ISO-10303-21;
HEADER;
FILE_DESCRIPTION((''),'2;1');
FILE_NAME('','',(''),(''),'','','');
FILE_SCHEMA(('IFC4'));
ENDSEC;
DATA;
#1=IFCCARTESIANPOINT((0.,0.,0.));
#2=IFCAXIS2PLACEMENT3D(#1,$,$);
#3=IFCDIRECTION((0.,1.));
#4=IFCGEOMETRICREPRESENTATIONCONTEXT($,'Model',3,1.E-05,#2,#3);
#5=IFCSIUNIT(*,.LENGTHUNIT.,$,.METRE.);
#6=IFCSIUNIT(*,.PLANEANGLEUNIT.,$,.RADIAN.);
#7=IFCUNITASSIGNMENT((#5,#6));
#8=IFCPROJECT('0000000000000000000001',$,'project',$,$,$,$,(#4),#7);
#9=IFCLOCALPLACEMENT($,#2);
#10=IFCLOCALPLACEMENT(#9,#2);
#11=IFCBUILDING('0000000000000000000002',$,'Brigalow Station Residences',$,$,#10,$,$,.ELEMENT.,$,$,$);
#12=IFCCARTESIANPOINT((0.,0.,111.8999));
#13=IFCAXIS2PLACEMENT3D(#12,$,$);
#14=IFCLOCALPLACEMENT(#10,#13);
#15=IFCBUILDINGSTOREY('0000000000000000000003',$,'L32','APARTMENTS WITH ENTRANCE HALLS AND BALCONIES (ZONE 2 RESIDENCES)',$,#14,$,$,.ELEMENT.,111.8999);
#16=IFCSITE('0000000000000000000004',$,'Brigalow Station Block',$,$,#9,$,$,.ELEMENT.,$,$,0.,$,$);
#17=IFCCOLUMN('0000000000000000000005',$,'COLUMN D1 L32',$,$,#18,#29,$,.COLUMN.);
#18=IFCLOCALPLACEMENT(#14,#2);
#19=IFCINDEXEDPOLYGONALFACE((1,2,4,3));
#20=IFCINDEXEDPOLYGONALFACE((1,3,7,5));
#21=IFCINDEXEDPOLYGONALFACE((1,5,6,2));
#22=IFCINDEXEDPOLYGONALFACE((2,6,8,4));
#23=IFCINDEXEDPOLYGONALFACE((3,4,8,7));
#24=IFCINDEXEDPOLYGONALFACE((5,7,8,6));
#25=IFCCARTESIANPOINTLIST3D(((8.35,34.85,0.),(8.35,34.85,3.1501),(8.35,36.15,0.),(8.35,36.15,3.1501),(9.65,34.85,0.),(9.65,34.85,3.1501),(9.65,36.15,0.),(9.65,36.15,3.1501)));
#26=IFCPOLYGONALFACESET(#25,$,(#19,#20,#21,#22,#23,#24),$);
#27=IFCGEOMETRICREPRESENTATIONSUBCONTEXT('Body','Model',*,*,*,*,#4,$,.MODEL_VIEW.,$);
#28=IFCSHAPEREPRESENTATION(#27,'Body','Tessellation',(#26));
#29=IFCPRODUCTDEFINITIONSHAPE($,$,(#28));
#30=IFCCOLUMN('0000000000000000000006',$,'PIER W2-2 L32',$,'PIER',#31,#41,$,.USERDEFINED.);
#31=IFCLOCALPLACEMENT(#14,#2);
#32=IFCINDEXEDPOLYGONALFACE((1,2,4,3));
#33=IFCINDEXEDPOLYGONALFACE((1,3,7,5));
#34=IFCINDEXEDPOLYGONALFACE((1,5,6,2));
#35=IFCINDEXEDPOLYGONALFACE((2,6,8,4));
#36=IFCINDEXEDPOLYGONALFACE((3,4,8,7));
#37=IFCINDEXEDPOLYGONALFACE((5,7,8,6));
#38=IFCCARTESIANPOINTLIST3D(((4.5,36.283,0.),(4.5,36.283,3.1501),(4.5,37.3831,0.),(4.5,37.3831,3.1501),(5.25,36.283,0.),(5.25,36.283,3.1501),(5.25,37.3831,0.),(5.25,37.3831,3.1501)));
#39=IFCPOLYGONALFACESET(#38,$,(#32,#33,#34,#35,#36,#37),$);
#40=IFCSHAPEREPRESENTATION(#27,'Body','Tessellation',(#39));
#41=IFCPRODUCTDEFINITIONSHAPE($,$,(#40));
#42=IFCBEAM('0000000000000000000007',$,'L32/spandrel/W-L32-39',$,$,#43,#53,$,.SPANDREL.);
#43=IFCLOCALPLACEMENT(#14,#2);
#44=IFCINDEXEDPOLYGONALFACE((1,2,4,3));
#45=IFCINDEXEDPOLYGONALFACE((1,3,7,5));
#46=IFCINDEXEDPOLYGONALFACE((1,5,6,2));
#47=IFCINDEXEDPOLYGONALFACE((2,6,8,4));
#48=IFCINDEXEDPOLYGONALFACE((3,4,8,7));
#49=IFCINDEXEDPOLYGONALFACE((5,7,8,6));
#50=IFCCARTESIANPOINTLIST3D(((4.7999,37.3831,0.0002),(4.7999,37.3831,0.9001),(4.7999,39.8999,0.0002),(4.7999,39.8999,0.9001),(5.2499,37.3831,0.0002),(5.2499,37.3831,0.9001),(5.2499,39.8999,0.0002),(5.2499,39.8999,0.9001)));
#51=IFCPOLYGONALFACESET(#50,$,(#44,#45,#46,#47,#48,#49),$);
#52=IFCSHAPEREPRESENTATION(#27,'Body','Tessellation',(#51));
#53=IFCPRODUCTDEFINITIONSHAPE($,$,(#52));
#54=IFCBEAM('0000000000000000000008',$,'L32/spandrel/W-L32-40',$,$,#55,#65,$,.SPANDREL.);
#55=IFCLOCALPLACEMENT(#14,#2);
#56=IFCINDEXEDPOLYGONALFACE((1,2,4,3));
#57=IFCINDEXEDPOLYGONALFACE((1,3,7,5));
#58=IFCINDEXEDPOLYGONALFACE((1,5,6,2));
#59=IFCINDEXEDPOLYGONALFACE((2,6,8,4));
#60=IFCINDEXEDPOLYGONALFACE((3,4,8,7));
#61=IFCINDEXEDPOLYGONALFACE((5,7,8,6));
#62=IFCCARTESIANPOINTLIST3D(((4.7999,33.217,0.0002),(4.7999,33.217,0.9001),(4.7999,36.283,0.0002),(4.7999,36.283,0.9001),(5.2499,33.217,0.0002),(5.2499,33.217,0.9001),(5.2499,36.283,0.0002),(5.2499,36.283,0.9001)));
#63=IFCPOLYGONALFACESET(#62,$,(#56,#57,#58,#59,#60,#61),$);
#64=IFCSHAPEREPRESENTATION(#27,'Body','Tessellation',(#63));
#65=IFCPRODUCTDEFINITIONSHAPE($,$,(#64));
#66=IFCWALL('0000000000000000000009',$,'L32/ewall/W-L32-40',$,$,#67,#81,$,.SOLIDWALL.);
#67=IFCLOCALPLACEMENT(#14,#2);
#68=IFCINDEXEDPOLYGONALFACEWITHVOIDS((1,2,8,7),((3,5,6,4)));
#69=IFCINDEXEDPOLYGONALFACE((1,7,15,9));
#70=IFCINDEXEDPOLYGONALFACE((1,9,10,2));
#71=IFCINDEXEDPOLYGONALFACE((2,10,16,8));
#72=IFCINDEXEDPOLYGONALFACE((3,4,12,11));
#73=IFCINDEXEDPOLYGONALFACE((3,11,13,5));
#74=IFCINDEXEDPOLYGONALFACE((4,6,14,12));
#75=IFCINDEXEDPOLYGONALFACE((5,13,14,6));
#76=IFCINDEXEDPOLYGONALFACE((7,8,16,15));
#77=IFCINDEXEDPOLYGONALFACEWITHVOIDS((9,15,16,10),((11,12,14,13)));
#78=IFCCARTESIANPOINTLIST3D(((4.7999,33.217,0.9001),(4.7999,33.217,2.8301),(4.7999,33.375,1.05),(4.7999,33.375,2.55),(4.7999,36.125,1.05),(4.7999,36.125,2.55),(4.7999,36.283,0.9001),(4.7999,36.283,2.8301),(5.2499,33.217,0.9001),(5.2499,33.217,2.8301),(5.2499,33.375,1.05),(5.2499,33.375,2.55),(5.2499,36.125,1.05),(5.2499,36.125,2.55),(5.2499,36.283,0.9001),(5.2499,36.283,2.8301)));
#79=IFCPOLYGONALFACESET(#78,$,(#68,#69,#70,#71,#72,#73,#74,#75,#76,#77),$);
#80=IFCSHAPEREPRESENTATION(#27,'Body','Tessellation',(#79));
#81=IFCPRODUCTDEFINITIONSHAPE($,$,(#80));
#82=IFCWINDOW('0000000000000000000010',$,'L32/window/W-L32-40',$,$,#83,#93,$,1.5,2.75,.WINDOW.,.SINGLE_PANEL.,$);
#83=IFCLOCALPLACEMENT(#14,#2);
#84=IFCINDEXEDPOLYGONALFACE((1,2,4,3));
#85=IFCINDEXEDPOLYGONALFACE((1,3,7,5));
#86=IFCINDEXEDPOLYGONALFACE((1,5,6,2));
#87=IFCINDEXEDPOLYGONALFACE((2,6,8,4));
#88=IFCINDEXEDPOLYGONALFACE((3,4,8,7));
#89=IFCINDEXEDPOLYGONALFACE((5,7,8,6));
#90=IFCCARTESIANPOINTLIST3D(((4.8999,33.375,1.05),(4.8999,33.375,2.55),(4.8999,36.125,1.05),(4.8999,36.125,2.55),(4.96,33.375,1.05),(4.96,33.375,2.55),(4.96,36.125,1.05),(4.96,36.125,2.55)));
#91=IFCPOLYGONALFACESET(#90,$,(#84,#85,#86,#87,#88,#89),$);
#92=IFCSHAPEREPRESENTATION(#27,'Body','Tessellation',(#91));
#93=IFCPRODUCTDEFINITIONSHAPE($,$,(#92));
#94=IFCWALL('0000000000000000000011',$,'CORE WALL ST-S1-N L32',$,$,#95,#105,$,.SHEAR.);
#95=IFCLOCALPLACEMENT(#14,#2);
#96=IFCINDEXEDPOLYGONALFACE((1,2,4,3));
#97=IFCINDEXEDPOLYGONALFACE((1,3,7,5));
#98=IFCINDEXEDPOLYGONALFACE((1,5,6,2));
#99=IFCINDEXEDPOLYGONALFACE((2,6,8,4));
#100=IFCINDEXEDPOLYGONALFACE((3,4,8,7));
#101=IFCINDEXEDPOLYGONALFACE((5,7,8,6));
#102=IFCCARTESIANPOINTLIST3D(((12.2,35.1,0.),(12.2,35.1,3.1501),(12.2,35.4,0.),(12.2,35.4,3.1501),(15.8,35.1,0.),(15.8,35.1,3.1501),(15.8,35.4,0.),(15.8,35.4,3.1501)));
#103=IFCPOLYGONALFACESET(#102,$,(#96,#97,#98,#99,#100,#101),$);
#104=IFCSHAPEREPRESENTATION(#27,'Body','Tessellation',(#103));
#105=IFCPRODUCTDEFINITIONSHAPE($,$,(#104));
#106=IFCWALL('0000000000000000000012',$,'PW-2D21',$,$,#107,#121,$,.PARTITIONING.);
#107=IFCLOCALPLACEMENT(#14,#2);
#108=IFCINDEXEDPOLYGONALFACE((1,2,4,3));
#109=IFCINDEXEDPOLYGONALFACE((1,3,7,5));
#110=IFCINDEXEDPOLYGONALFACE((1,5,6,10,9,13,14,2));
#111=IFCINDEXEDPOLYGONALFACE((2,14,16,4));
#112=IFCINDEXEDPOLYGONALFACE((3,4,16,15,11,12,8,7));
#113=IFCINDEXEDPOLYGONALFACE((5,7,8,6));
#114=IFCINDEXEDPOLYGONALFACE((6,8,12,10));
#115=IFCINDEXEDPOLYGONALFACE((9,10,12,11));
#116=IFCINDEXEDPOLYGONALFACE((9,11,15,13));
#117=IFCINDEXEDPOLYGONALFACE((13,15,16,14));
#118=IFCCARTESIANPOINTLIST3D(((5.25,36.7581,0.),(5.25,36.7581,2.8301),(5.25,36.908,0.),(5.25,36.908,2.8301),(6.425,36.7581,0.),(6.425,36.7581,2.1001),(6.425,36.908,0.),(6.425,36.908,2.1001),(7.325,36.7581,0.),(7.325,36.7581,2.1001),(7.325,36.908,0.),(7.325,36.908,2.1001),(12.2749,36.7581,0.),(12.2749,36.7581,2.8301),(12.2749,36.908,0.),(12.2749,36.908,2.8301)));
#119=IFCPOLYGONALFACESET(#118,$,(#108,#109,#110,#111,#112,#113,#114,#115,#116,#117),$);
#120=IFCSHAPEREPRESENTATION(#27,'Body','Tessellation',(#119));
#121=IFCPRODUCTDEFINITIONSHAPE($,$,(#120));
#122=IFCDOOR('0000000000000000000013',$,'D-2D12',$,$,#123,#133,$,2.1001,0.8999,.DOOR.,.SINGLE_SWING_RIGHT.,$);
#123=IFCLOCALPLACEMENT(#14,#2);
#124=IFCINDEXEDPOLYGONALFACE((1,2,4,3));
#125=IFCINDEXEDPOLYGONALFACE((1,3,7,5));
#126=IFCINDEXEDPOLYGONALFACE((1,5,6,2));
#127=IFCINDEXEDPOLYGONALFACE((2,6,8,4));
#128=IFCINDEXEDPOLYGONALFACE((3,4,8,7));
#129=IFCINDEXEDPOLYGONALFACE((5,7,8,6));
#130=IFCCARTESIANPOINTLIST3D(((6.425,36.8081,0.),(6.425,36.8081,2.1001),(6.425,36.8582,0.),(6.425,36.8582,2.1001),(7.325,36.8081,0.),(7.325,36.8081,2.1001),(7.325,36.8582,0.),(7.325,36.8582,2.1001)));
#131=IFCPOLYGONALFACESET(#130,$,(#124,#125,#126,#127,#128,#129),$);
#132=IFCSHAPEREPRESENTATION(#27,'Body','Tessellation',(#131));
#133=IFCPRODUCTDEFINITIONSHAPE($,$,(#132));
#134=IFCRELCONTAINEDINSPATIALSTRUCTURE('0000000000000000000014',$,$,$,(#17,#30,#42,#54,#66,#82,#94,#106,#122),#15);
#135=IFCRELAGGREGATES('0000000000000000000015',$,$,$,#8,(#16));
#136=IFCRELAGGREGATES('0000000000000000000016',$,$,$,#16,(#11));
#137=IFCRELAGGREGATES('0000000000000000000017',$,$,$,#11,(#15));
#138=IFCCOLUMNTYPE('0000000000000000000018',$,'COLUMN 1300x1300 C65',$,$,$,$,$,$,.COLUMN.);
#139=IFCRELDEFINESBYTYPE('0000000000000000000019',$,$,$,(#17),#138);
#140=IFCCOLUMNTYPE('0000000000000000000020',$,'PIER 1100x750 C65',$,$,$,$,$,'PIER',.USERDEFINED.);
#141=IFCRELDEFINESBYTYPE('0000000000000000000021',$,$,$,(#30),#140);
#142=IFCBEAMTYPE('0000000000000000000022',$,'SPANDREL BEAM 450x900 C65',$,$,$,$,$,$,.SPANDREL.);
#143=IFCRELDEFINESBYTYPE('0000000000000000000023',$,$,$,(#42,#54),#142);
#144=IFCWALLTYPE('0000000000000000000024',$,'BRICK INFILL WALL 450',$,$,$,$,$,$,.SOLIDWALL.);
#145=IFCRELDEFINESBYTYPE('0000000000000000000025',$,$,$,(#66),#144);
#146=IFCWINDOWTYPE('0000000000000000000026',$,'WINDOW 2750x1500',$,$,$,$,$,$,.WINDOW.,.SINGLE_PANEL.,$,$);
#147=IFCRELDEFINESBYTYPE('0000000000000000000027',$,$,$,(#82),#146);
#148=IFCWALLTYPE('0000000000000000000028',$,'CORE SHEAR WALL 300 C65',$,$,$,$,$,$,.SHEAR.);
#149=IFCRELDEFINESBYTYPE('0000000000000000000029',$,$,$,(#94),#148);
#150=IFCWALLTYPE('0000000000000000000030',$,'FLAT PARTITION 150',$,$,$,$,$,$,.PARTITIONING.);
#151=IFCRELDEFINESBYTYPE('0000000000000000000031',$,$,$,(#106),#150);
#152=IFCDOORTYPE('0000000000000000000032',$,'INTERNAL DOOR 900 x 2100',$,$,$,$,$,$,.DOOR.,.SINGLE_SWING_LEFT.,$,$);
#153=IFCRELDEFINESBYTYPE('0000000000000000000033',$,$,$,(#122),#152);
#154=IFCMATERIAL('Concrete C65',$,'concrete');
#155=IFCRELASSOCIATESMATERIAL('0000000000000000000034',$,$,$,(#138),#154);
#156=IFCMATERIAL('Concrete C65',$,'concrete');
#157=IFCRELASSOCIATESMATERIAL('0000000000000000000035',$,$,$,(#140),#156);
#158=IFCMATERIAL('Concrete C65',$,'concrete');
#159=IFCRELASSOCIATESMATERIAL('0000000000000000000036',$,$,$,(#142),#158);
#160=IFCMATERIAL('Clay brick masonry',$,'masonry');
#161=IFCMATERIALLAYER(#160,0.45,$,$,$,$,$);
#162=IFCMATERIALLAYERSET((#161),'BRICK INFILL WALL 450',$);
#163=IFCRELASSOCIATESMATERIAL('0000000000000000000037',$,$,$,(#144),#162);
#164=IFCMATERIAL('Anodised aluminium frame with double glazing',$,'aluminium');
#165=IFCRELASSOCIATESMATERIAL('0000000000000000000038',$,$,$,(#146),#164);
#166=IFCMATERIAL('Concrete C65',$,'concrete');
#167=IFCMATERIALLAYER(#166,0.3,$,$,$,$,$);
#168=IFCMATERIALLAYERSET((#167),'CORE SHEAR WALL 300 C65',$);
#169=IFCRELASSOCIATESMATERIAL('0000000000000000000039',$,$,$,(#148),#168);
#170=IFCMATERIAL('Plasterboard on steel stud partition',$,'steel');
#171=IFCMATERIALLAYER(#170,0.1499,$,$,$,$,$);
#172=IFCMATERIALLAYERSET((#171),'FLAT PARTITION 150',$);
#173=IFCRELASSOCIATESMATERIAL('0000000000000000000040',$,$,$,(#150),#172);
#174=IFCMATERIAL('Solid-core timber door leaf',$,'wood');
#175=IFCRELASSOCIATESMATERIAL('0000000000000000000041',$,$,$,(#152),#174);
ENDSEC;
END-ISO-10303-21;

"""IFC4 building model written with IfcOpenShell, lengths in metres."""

from ifc_helpers import new_model, si_unit, direction, frame, frame_2d, origin, origin_2d, place, context, subcontext, project, spatial, rectangle, extrude, material, layer, layer_set, material_profile, profile_set, type_object, element, fill, save


model = new_model("IFC4")

# Units and contexts
model_context = context("Model", 3, precision=1e-05, world=origin(), true_north=direction((0.0, 1.0)))
body_context = subcontext(model_context, "Body", "Model", "MODEL_VIEW")
ifc_project = project(units=[si_unit("LENGTHUNIT", "METRE"), si_unit("PLANEANGLEUNIT", "RADIAN")], contexts=[model_context])

# Site, building, storey
site_placement = place(None, origin())
site = spatial("IfcSite", under=ifc_project, at=site_placement, Name="Brigalow Station Block", CompositionType="ELEMENT", RefElevation=0.0)
building_placement = place(site_placement, origin())
building = spatial("IfcBuilding", under=site, at=building_placement, Name="Brigalow Station Residences", CompositionType="ELEMENT")
storey_placement = place(building_placement, frame((0.0, 0.0, 111.8999)))
storey = spatial("IfcBuildingStorey", under=building, at=storey_placement, Name="L32", Description="APARTMENTS WITH ENTRANCE HALLS AND BALCONIES (ZONE 2 RESIDENCES)", CompositionType="ELEMENT", Elevation=111.8999)

# Columns
ifc_material_1 = material(Name="Concrete C65", Category="concrete")
ifc_material_profile_1 = material_profile(ifc_material_1, rectangle(XDim=1.3, YDim=1.3, at=origin_2d()), Name="RC1300x1300")
ifc_profile_set_1 = profile_set([ifc_material_profile_1], Name="Concrete C65")
column_type_1 = type_object("IfcColumnType", Name="COLUMN 1300x1300 C65", PredefinedType="COLUMN", material=ifc_profile_set_1)
column_1_placement = place(storey_placement, frame((9.0, 35.5, 0.0), z_axis=(0.0, 0.0, 1.0), x_axis=(1.0, 0.0, 0.0)))
element("IfcColumn", 1, at=column_1_placement, inside=storey, type_object=column_type_1, Name="COLUMN D1 L32", PredefinedType="COLUMN", context=body_context, shape_type="SweptSolid", body=[
    extrude(rectangle(XDim=1.3, YDim=1.3, at=origin_2d()), origin(), (0.0, 0.0, 1.0), 3.1501),
])
ifc_material_2 = material(Name="Concrete C65", Category="concrete")
ifc_material_profile_2 = material_profile(ifc_material_2, rectangle(XDim=1.1001, YDim=0.75, at=origin_2d()), Name="RC1100x750")
ifc_profile_set_2 = profile_set([ifc_material_profile_2], Name="Concrete C65")
column_type_2 = type_object("IfcColumnType", Name="PIER 1100x750 C65", ElementType="PIER", PredefinedType="USERDEFINED", material=ifc_profile_set_2)
column_2_placement = place(storey_placement, frame((4.875, 36.833, 0.0), z_axis=(0.0, 0.0, 1.0), x_axis=(0.0, -1.0, 0.0)))
element("IfcColumn", 2, at=column_2_placement, inside=storey, type_object=column_type_2, Name="PIER W2-2 L32", ObjectType="PIER", PredefinedType="USERDEFINED", context=body_context, shape_type="SweptSolid", body=[
    extrude(rectangle(XDim=1.1001, YDim=0.75, at=origin_2d()), origin(), (0.0, 0.0, 1.0), 3.1501),
])

# Beams
ifc_material_3 = material(Name="Concrete C65", Category="concrete")
ifc_material_profile_3 = material_profile(ifc_material_3, rectangle(XDim=0.45, YDim=0.8999, at=origin_2d()), Name="RC450x900")
ifc_profile_set_3 = profile_set([ifc_material_profile_3], Name="Concrete C65")
beam_type = type_object("IfcBeamType", Name="SPANDREL BEAM 450x900 C65", PredefinedType="SPANDREL", material=ifc_profile_set_3)
beam_1_placement = place(storey_placement, frame((5.0249, 39.8999, 0.4502), z_axis=(0.0, -1.0, 0.0), x_axis=(1.0, 0.0, 0.0)))
element("IfcBeam", 3, at=beam_1_placement, inside=storey, type_object=beam_type, Name="L32/spandrel/W-L32-39", PredefinedType="SPANDREL", context=body_context, shape_type="SweptSolid", body=[
    extrude(rectangle(XDim=0.45, YDim=0.8999, at=origin_2d()), origin(), (0.0, 0.0, 1.0), 2.5168),
])
beam_2_placement = place(storey_placement, frame((5.0249, 36.283, 0.4502), z_axis=(0.0, -1.0, 0.0), x_axis=(1.0, 0.0, 0.0)))
element("IfcBeam", 4, at=beam_2_placement, inside=storey, type_object=beam_type, Name="L32/spandrel/W-L32-40", PredefinedType="SPANDREL", context=body_context, shape_type="SweptSolid", body=[
    extrude(rectangle(XDim=0.45, YDim=0.8999, at=origin_2d()), origin(), (0.0, 0.0, 1.0), 3.0659),
])

# Wall, opening, window
ifc_material_4 = material(Name="Clay brick masonry", Category="masonry")
ifc_layer_1 = layer(ifc_material_4, 0.45)
ifc_layer_set_1 = layer_set([ifc_layer_1], Name="BRICK INFILL WALL 450")
wall_type_1 = type_object("IfcWallType", Name="BRICK INFILL WALL 450", PredefinedType="SOLIDWALL", material=ifc_layer_set_1)
wall_1_placement = place(storey_placement, frame((5.0249, 36.283, 0.9001), z_axis=(0.0, 0.0, 1.0), x_axis=(0.0, -1.0, 0.0)))
wall_1 = element("IfcWall", 5, at=wall_1_placement, inside=storey, type_object=wall_type_1, Name="L32/ewall/W-L32-40", PredefinedType="SOLIDWALL", context=body_context, shape_type="SweptSolid", body=[
    extrude(rectangle(XDim=3.0659, YDim=0.45, at=frame_2d((1.533, 0.0))), origin(), (0.0, 0.0, 1.0), 1.9299),
])
opening_1_placement = place(wall_1_placement, frame((0.158, 0.0, 0.1499)))
opening_1 = element("IfcOpeningElement", 6, at=opening_1_placement, cuts=wall_1, PredefinedType="OPENING", context=body_context, shape_type="SweptSolid", body=[
    extrude(rectangle(XDim=2.75, YDim=1.5, at=frame_2d((1.375, 0.75))), frame((0.0, 0.2349, 0.0), z_axis=(0.0, -1.0, 0.0), x_axis=(1.0, 0.0, 0.0)), (0.0, 0.0, 1.0), 0.47),
])
ifc_material_5 = material(Name="Anodised aluminium frame with double glazing", Category="aluminium")
window_type = type_object("IfcWindowType", Name="WINDOW 2750x1500", PartitioningType="SINGLE_PANEL", PredefinedType="WINDOW", material=ifc_material_5)
window_placement = place(opening_1_placement, origin())
window = element("IfcWindow", 7, at=window_placement, inside=storey, type_object=window_type, Name="L32/window/W-L32-40", OverallHeight=1.5, OverallWidth=2.75, PartitioningType="SINGLE_PANEL", PredefinedType="WINDOW", context=body_context, shape_type="SweptSolid", body=[
    extrude(rectangle(XDim=2.75, YDim=1.5, at=frame_2d((1.375, 0.75))), frame((0.0, -0.0649, 0.0), z_axis=(0.0, -1.0, 0.0), x_axis=(1.0, 0.0, 0.0)), (0.0, 0.0, 1.0), 0.0601),
])
fill(opening_1, window)

# Wall
ifc_material_6 = material(Name="Concrete C65", Category="concrete")
ifc_layer_2 = layer(ifc_material_6, 0.3)
ifc_layer_set_2 = layer_set([ifc_layer_2], Name="CORE SHEAR WALL 300 C65")
wall_type_2 = type_object("IfcWallType", Name="CORE SHEAR WALL 300 C65", PredefinedType="SHEAR", material=ifc_layer_set_2)
wall_2_placement = place(storey_placement, frame((12.2, 35.25, 0.0), z_axis=(0.0, 0.0, 1.0), x_axis=(1.0, 0.0, 0.0)))
element("IfcWall", 8, at=wall_2_placement, inside=storey, type_object=wall_type_2, Name="CORE WALL ST-S1-N L32", PredefinedType="SHEAR", context=body_context, shape_type="SweptSolid", body=[
    extrude(rectangle(XDim=3.6001, YDim=0.3, at=frame_2d((1.8, 0.0))), origin(), (0.0, 0.0, 1.0), 3.1501),
])

# Wall, opening, door
ifc_material_7 = material(Name="Plasterboard on steel stud partition", Category="steel")
ifc_layer_3 = layer(ifc_material_7, 0.1499)
ifc_layer_set_3 = layer_set([ifc_layer_3], Name="FLAT PARTITION 150")
wall_type_3 = type_object("IfcWallType", Name="FLAT PARTITION 150", PredefinedType="PARTITIONING", material=ifc_layer_set_3)
wall_3_placement = place(storey_placement, frame((5.25, 36.833, 0.0), z_axis=(0.0, 0.0, 1.0), x_axis=(1.0, 0.0, 0.0)))
wall_3 = element("IfcWall", 9, at=wall_3_placement, inside=storey, type_object=wall_type_3, Name="PW-2D21", PredefinedType="PARTITIONING", context=body_context, shape_type="SweptSolid", body=[
    extrude(rectangle(XDim=7.0249, YDim=0.1499, at=frame_2d((3.5125, 0.0))), origin(), (0.0, 0.0, 1.0), 2.8301),
])
opening_2_placement = place(wall_3_placement, frame((1.175, 0.0, 0.0)))
opening_2 = element("IfcOpeningElement", 10, at=opening_2_placement, cuts=wall_3, PredefinedType="OPENING", context=body_context, shape_type="SweptSolid", body=[
    extrude(rectangle(XDim=0.8999, YDim=2.1001, at=frame_2d((0.45, 1.05))), frame((0.0, 0.085, 0.0), z_axis=(0.0, -1.0, 0.0), x_axis=(1.0, 0.0, 0.0)), (0.0, 0.0, 1.0), 0.1699),
])
ifc_material_8 = material(Name="Solid-core timber door leaf", Category="wood")
door_type_1 = type_object("IfcDoorType", Name="INTERNAL DOOR 900 x 2100", OperationType="SINGLE_SWING_LEFT", PredefinedType="DOOR", material=ifc_material_8)
door_1_placement = place(opening_2_placement, frame((0.8999, 0.0, 0.0), z_axis=(0.0, 0.0, 1.0), x_axis=(-1.0, 0.0, 0.0)))
door_1 = element("IfcDoor", 11, at=door_1_placement, inside=storey, type_object=door_type_1, Name="D-2D12", OperationType="SINGLE_SWING_RIGHT", OverallHeight=2.1001, OverallWidth=0.8999, PredefinedType="DOOR", context=body_context, shape_type="SweptSolid", body=[
    extrude(rectangle(XDim=0.8999, YDim=2.1001, at=frame_2d((0.45, 1.05))), frame((0.0, 0.0249, 0.0), z_axis=(0.0, -1.0, 0.0), x_axis=(1.0, 0.0, 0.0)), (0.0, 0.0, 1.0), 0.05),
])
fill(opening_2, door_1)

save(model, "model.ifc")
